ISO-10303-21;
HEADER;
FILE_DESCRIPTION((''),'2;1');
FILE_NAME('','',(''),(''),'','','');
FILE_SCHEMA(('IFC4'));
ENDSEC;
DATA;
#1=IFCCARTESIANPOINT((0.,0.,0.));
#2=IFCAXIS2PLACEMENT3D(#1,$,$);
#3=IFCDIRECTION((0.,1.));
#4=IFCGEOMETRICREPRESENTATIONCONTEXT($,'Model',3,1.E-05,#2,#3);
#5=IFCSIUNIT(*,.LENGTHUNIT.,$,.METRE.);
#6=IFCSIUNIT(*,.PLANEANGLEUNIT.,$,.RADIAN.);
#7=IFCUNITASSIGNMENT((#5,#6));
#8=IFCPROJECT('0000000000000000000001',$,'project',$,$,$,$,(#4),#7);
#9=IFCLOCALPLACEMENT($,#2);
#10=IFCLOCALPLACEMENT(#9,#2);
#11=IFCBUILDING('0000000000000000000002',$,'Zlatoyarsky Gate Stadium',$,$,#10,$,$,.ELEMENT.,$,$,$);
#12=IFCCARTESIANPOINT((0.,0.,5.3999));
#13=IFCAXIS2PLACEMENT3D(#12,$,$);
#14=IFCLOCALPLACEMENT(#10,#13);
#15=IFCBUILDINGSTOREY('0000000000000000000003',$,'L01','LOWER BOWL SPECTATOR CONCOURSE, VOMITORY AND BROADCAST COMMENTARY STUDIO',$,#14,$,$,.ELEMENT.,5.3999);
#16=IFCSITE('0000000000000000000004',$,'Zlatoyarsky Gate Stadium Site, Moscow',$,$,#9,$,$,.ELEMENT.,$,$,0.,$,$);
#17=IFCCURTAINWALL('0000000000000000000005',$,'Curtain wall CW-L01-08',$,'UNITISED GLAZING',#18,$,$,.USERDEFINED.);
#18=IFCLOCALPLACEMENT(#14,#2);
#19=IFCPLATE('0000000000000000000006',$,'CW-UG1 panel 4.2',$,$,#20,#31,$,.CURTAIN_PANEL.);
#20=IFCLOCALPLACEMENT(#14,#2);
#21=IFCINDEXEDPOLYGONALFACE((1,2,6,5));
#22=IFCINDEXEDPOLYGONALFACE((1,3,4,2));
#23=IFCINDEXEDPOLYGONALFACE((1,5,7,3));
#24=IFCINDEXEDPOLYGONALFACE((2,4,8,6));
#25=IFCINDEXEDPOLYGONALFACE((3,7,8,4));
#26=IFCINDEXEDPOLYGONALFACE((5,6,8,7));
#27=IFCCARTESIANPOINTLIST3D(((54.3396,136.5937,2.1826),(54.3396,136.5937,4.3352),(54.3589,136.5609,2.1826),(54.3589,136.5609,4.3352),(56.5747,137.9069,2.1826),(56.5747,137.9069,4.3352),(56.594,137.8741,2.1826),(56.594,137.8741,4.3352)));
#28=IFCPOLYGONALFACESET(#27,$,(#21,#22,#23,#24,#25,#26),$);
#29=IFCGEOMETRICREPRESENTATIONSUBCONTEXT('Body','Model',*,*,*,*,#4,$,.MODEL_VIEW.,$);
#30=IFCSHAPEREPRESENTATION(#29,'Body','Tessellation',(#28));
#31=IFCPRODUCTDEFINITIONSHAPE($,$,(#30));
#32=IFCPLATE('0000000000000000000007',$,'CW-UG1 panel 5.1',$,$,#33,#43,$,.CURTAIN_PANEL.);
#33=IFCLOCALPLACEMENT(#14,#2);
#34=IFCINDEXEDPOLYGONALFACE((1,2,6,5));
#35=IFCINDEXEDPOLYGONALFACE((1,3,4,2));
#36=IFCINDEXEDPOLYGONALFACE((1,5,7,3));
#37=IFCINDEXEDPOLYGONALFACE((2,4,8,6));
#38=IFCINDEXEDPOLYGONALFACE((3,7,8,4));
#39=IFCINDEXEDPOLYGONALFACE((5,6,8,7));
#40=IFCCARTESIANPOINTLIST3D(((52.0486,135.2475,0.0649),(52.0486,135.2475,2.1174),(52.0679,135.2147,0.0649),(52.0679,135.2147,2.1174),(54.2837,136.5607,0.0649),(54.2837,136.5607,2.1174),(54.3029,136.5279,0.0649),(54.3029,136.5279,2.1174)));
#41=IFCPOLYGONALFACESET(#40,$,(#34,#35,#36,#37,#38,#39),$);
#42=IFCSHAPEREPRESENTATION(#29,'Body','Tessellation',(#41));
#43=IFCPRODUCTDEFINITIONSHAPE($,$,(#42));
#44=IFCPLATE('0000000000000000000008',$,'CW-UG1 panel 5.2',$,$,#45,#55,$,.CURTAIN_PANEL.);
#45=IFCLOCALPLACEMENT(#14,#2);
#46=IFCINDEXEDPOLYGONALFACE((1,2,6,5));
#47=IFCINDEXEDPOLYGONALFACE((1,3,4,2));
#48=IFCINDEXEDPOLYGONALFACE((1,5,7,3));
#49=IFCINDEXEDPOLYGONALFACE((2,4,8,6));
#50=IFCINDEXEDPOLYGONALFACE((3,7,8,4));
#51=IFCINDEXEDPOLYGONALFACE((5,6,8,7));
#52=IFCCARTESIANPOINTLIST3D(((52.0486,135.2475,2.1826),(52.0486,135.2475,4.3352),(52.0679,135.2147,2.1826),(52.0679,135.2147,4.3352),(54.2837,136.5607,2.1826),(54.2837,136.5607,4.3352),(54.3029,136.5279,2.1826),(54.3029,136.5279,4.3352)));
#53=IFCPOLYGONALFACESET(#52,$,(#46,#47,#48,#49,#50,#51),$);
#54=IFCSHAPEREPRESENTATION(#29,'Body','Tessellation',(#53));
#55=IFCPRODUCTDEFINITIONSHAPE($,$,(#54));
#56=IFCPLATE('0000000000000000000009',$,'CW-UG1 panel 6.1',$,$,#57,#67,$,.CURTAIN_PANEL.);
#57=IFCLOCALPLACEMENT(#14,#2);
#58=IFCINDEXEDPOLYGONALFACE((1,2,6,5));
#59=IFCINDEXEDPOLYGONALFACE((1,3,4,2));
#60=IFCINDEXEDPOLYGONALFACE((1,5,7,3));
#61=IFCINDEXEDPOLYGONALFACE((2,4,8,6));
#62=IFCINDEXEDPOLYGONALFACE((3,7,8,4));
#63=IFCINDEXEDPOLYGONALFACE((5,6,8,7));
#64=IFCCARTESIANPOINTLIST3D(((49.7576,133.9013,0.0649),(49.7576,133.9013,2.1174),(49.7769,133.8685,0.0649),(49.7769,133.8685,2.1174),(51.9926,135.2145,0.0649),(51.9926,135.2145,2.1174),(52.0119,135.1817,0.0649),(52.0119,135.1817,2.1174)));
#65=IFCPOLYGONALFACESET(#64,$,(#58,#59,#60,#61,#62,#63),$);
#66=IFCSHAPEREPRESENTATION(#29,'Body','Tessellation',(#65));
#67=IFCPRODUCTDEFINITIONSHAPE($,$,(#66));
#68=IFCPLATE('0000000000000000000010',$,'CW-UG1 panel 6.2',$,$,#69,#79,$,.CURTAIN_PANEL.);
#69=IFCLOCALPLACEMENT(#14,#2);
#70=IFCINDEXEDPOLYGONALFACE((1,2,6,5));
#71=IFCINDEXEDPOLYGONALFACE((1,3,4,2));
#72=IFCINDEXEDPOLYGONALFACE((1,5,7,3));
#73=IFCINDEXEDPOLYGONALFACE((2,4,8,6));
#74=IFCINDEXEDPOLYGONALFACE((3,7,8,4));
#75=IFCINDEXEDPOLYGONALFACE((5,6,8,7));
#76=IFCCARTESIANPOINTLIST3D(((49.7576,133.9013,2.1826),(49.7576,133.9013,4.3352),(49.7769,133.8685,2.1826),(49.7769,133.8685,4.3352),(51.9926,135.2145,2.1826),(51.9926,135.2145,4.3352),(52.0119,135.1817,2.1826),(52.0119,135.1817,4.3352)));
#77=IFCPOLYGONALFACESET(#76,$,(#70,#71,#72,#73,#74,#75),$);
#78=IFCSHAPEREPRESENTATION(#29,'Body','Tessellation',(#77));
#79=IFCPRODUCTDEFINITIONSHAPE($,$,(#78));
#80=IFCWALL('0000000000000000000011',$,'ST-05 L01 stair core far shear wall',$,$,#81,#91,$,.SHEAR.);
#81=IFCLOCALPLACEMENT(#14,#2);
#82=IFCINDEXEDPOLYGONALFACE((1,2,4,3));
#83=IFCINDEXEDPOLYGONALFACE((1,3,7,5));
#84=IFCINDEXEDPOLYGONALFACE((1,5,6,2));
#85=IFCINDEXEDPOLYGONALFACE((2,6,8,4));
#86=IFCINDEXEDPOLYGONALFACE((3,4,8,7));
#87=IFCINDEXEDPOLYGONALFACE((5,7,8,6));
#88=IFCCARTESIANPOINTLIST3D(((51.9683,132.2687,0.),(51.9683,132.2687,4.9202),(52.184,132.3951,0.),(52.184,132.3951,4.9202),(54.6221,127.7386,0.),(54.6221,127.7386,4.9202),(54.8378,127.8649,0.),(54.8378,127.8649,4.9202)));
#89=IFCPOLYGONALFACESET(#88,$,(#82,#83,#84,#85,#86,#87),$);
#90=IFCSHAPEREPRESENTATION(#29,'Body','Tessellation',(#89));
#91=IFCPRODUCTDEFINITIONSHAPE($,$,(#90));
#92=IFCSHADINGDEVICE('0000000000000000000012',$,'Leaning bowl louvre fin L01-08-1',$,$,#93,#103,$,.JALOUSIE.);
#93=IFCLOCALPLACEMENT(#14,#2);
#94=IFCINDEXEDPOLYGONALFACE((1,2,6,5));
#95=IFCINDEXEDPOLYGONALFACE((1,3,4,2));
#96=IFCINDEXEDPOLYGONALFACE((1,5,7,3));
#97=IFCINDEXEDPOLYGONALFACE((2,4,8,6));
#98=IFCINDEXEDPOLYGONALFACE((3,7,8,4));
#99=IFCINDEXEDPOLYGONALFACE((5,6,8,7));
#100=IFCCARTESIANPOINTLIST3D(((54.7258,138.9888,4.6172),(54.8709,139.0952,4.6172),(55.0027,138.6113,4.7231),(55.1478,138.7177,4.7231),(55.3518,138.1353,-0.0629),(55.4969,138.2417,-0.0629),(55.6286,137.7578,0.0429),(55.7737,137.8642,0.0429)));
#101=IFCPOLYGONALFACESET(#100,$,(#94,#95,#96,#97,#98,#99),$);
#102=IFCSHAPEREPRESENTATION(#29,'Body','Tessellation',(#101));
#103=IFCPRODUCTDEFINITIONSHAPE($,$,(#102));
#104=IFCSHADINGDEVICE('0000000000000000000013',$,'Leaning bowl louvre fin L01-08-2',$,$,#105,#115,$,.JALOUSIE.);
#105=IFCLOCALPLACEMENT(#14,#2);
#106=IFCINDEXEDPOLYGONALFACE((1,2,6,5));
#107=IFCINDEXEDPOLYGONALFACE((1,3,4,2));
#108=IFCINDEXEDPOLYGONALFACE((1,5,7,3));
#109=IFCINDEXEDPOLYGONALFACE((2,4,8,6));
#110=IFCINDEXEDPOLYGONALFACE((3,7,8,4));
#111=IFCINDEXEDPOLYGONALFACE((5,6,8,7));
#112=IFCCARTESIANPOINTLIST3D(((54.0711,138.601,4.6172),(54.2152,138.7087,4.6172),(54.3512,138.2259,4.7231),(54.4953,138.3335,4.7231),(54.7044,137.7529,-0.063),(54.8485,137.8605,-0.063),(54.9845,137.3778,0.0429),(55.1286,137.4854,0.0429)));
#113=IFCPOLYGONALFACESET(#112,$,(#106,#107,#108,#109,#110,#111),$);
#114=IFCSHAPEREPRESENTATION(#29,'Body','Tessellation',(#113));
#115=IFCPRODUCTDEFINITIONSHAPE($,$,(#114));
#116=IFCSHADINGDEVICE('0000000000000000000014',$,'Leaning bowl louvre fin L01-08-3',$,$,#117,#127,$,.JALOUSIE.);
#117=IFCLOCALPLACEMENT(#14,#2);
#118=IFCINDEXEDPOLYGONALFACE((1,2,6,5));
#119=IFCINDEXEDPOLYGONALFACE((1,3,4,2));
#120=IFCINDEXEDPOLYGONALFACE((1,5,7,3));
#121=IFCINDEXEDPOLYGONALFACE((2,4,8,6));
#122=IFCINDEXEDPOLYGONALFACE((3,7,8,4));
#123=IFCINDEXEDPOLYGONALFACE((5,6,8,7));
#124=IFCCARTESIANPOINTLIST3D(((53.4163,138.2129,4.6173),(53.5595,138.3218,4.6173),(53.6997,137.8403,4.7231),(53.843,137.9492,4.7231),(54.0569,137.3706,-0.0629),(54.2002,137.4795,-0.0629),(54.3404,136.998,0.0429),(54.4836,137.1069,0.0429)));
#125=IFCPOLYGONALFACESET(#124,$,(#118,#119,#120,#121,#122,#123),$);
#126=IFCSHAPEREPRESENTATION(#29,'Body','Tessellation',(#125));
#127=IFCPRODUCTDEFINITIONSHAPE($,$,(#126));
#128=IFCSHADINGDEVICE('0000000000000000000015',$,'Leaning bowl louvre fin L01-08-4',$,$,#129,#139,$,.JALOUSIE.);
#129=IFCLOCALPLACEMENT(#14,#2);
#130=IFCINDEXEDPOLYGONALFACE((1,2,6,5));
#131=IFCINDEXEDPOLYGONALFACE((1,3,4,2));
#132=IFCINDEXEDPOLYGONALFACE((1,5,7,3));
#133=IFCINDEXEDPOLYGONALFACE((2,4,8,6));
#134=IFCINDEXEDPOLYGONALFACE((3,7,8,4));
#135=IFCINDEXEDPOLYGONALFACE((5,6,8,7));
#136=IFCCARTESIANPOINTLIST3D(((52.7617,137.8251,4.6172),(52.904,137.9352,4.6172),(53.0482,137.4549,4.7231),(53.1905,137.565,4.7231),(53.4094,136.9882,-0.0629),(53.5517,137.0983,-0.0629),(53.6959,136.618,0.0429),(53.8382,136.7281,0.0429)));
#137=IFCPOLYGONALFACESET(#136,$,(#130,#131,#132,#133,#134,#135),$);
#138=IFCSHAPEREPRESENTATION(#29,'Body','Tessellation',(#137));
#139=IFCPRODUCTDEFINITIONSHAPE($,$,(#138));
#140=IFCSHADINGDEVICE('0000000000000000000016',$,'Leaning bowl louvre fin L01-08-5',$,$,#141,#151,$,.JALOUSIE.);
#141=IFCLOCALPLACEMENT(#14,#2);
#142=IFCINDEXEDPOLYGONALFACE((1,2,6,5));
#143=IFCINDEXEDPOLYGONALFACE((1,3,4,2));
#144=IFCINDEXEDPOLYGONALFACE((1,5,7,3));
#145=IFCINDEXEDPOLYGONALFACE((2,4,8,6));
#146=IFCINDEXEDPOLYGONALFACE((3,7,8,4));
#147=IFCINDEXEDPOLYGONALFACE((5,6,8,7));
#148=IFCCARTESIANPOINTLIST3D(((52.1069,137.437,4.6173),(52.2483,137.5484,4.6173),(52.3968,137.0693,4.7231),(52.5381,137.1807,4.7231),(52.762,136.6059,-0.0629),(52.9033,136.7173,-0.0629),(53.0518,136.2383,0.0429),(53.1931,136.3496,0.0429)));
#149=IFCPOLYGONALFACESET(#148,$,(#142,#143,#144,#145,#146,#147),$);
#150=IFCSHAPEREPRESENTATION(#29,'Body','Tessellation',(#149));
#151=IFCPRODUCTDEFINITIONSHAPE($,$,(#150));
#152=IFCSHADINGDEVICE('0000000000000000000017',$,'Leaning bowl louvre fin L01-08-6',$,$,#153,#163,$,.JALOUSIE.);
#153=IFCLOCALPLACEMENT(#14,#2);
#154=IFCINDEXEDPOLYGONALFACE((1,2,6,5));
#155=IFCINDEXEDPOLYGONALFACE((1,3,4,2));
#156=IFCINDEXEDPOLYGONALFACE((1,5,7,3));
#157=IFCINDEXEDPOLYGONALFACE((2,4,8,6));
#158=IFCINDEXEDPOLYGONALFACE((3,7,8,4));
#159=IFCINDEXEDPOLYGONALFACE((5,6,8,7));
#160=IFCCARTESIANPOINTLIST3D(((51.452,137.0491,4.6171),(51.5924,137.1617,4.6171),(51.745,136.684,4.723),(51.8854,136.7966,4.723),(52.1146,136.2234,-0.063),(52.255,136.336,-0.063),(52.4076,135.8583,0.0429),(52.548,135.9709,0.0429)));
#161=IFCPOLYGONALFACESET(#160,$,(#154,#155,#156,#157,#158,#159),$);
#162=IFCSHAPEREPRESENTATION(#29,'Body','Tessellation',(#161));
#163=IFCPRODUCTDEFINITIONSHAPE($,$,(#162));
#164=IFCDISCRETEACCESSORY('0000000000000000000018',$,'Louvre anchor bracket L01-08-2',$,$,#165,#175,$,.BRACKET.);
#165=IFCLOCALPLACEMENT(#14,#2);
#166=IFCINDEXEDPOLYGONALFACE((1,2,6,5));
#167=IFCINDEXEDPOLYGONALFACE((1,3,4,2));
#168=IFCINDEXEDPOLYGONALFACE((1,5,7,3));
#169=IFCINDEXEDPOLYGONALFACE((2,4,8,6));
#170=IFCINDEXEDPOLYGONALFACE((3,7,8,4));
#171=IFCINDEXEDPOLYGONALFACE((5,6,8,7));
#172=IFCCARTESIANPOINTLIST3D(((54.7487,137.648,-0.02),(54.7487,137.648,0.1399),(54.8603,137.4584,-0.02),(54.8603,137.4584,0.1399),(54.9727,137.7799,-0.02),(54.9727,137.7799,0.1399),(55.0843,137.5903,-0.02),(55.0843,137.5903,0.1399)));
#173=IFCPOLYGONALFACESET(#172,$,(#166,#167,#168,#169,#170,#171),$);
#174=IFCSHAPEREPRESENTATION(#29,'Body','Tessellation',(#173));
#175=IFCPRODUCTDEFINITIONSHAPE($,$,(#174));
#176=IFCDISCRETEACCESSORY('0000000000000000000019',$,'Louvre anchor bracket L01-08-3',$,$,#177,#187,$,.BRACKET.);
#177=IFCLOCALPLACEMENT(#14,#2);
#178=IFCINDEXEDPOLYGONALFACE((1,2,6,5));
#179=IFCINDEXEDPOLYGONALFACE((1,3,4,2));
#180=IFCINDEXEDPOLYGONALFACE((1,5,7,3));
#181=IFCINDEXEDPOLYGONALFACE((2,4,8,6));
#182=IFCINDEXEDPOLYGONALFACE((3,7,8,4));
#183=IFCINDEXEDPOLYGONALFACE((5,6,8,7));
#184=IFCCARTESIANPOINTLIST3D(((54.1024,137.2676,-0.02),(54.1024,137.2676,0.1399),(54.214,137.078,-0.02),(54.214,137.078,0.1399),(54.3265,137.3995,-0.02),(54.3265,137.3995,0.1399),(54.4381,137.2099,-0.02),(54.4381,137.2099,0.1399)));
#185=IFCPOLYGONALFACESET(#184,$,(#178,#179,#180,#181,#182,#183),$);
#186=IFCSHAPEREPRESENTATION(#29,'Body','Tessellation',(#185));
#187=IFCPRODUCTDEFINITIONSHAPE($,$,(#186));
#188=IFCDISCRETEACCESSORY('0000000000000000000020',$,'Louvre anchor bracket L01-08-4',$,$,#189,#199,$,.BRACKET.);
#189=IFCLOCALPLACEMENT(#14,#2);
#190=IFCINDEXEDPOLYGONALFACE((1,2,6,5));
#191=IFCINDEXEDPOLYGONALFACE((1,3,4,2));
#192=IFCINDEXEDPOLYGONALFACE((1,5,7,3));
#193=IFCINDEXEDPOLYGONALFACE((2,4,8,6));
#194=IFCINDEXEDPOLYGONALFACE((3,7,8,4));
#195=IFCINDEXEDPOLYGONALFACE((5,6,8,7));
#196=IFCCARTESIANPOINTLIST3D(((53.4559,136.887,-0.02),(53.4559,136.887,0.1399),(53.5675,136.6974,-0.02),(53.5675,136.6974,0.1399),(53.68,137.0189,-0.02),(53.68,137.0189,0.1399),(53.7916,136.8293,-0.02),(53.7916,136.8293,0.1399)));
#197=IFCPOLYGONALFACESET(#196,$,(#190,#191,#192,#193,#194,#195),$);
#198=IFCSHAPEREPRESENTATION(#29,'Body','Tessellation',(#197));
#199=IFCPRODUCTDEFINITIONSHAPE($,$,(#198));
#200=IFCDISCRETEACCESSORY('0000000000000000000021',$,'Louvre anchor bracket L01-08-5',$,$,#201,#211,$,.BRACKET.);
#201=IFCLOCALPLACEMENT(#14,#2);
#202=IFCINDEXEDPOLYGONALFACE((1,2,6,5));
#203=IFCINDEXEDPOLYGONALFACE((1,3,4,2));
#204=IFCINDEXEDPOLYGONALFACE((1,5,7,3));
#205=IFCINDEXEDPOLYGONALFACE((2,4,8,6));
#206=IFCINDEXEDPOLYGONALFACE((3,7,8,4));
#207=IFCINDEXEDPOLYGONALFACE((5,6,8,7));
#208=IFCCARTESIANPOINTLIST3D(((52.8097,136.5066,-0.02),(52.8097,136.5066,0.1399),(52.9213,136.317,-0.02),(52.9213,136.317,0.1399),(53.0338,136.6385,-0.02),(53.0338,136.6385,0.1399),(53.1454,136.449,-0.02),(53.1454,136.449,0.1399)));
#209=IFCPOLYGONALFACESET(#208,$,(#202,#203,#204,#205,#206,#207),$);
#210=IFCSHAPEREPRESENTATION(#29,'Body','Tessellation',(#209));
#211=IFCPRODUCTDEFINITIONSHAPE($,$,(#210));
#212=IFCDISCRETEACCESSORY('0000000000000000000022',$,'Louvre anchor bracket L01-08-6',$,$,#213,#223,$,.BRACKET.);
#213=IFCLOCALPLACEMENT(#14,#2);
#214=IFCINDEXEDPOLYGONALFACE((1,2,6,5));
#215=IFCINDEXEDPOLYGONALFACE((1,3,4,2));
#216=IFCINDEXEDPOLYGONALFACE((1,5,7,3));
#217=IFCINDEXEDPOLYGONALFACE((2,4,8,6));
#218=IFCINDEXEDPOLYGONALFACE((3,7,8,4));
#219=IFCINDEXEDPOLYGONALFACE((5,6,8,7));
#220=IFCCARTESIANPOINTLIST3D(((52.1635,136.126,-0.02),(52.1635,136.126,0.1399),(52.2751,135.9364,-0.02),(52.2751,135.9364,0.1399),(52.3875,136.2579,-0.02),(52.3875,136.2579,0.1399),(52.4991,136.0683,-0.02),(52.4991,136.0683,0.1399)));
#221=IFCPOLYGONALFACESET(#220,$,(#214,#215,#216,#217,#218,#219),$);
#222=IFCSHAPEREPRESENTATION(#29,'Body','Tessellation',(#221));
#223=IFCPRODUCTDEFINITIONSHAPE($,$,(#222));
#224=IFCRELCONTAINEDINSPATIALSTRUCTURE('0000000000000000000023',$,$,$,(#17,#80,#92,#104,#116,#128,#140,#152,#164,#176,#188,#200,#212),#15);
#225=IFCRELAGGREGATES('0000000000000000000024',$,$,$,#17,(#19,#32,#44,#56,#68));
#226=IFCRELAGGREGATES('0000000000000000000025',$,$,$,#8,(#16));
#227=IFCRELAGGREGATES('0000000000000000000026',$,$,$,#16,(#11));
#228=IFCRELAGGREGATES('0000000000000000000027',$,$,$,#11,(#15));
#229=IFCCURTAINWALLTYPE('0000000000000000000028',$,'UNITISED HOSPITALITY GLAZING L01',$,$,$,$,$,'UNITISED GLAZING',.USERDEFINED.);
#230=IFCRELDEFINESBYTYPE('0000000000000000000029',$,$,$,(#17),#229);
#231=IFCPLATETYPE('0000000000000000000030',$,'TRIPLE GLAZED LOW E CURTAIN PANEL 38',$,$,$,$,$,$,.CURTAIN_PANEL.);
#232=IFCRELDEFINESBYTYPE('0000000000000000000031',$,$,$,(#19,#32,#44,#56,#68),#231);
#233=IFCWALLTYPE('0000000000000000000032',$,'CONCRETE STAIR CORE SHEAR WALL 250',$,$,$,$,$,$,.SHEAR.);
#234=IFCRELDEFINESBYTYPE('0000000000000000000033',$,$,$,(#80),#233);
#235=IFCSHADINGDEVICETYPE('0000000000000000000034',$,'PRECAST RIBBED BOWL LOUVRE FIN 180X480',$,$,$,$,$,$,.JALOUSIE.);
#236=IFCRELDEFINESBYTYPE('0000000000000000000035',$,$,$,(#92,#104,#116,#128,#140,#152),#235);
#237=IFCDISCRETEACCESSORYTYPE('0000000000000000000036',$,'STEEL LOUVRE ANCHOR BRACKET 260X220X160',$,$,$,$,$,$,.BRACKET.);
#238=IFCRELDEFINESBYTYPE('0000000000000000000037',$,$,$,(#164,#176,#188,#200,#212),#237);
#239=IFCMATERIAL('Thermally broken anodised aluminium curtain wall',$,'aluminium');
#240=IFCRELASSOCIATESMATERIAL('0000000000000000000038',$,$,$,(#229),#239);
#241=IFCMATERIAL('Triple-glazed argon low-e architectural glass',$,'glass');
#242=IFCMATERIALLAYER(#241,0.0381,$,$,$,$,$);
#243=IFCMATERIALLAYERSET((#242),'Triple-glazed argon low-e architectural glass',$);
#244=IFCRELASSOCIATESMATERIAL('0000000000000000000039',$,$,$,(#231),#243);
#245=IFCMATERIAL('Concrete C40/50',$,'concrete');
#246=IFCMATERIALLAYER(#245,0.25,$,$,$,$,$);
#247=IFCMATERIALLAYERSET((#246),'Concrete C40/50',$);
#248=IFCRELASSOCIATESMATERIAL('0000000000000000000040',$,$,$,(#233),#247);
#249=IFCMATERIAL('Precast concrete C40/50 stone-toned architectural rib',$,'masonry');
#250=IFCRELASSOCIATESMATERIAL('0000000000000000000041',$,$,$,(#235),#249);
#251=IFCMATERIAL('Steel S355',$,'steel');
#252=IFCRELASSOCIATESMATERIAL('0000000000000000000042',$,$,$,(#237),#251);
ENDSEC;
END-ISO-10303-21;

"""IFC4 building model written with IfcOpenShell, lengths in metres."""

from ifc_helpers import new_model, si_unit, direction, frame, frame_2d, origin, origin_2d, place, context, subcontext, project, spatial, rectangle, extrude, material, layer, layer_set, material_profile, profile_set, type_object, element, aggregate, save


model = new_model("IFC4")

# Units and contexts
model_context = context("Model", 3, precision=1e-05, world=origin(), true_north=direction((0.0, 1.0)))
body_context = subcontext(model_context, "Body", "Model", "MODEL_VIEW")
ifc_project = project(units=[si_unit("LENGTHUNIT", "METRE"), si_unit("PLANEANGLEUNIT", "RADIAN")], contexts=[model_context])

# Site, building, storey
site_placement = place(None, origin())
site = spatial("IfcSite", under=ifc_project, at=site_placement, Name="Zlatoyarsky Gate Stadium Site, Moscow", CompositionType="ELEMENT", RefElevation=0.0)
building_placement = place(site_placement, origin())
building = spatial("IfcBuilding", under=site, at=building_placement, Name="Zlatoyarsky Gate Stadium", CompositionType="ELEMENT")
storey_placement = place(building_placement, frame((0.0, 0.0, 5.3999)))
storey = spatial("IfcBuildingStorey", under=building, at=storey_placement, Name="L01", Description="LOWER BOWL SPECTATOR CONCOURSE, VOMITORY AND BROADCAST COMMENTARY STUDIO", CompositionType="ELEMENT", Elevation=5.3999)

# Curtain wall
ifc_material_1 = material(Name="Thermally broken anodised aluminium curtain wall", Category="aluminium")
curtain_wall_type = type_object("IfcCurtainWallType", Name="UNITISED HOSPITALITY GLAZING L01", ElementType="UNITISED GLAZING", PredefinedType="USERDEFINED", material=ifc_material_1)
curtain_wall_placement = place(storey_placement, origin())
curtain_wall = element("IfcCurtainWall", 1, at=curtain_wall_placement, inside=storey, type_object=curtain_wall_type, Name="Curtain wall CW-L01-08", ObjectType="UNITISED GLAZING", PredefinedType="USERDEFINED")

# Shared definitions
ifc_material_2 = material(Name="Steel S355", Category="steel")

# Plates
ifc_material_3 = material(Name="Triple-glazed argon low-e architectural glass", Category="glass")
ifc_layer_1 = layer(ifc_material_3, 0.0381)
ifc_layer_set_1 = layer_set([ifc_layer_1], Name="Triple-glazed argon low-e architectural glass")
plate_type_1 = type_object("IfcPlateType", Name="TRIPLE GLAZED LOW E CURTAIN PANEL 38", PredefinedType="CURTAIN_PANEL", material=ifc_layer_set_1)
plate_1_placement = place(storey_placement, frame((55.4668, 137.2339, 2.1826), z_axis=(0.0, 0.0, 1.0), x_axis=(-0.862188, -0.506588, 0.0)))
plate_1 = element("IfcPlate", 2, at=plate_1_placement, type_object=plate_type_1, Name="CW-UG1 panel 4.2", PredefinedType="CURTAIN_PANEL", context=body_context, shape_type="SweptSolid", body=[
    extrude(rectangle(XDim=2.5923, YDim=0.0381, at=origin_2d()), origin(), (0.0, 0.0, 1.0), 2.1526),
])
plate_2_placement = place(storey_placement, frame((53.1758, 135.8877, 0.0649), z_axis=(0.0, 0.0, 1.0), x_axis=(-0.862188, -0.506588, 0.0)))
plate_2 = element("IfcPlate", 3, at=plate_2_placement, type_object=plate_type_1, Name="CW-UG1 panel 5.1", PredefinedType="CURTAIN_PANEL", context=body_context, shape_type="SweptSolid", body=[
    extrude(rectangle(XDim=2.5923, YDim=0.0381, at=origin_2d()), origin(), (0.0, 0.0, 1.0), 2.0525),
])
plate_3_placement = place(storey_placement, frame((53.1758, 135.8877, 2.1826), z_axis=(0.0, 0.0, 1.0), x_axis=(-0.862188, -0.506588, 0.0)))
plate_3 = element("IfcPlate", 4, at=plate_3_placement, type_object=plate_type_1, Name="CW-UG1 panel 5.2", PredefinedType="CURTAIN_PANEL", context=body_context, shape_type="SweptSolid", body=[
    extrude(rectangle(XDim=2.5923, YDim=0.0381, at=origin_2d()), origin(), (0.0, 0.0, 1.0), 2.1526),
])
plate_4_placement = place(storey_placement, frame((50.8848, 134.5415, 0.0649), z_axis=(0.0, 0.0, 1.0), x_axis=(-0.862188, -0.506588, 0.0)))
plate_4 = element("IfcPlate", 5, at=plate_4_placement, type_object=plate_type_1, Name="CW-UG1 panel 6.1", PredefinedType="CURTAIN_PANEL", context=body_context, shape_type="SweptSolid", body=[
    extrude(rectangle(XDim=2.5923, YDim=0.0381, at=origin_2d()), origin(), (0.0, 0.0, 1.0), 2.0525),
])
plate_5_placement = place(storey_placement, frame((50.8848, 134.5415, 2.1826), z_axis=(0.0, 0.0, 1.0), x_axis=(-0.862188, -0.506588, 0.0)))
plate_5 = element("IfcPlate", 6, at=plate_5_placement, type_object=plate_type_1, Name="CW-UG1 panel 6.2", PredefinedType="CURTAIN_PANEL", context=body_context, shape_type="SweptSolid", body=[
    extrude(rectangle(XDim=2.5923, YDim=0.0381, at=origin_2d()), origin(), (0.0, 0.0, 1.0), 2.1526),
])
aggregate(curtain_wall, [plate_1, plate_2, plate_3, plate_4, plate_5])

# Wall
ifc_material_4 = material(Name="Concrete C40/50", Category="concrete")
ifc_layer_2 = layer(ifc_material_4, 0.25)
ifc_layer_set_2 = layer_set([ifc_layer_2], Name="Concrete C40/50")
wall_type = type_object("IfcWallType", Name="CONCRETE STAIR CORE SHEAR WALL 250", PredefinedType="SHEAR", material=ifc_layer_set_2)
wall_placement = place(storey_placement, frame((52.0762, 132.3318, 0.0), z_axis=(0.0, 0.0, 1.0), x_axis=(0.505475, -0.862841, 0.0)))
element("IfcWall", 7, at=wall_placement, inside=storey, type_object=wall_type, Name="ST-05 L01 stair core far shear wall", PredefinedType="SHEAR", context=body_context, shape_type="SweptSolid", body=[
    extrude(rectangle(XDim=5.2502, YDim=0.25, at=frame_2d((2.625, 0.0))), origin(), (0.0, 0.0, 1.0), 4.9202),
])

# Shading devices
ifc_material_5 = material(Name="Precast concrete C40/50 stone-toned architectural rib", Category="masonry")
ifc_material_profile_1 = material_profile(ifc_material_5, rectangle(XDim=0.1799, YDim=0.48, at=origin_2d()), Name="RIB 180X480")
ifc_profile_set_1 = profile_set([ifc_material_profile_1], Name="Precast concrete C40/50 stone-toned architectural rib")
shading_device_type = type_object("IfcShadingDeviceType", Name="PRECAST RIBBED BOWL LOUVRE FIN 180X480", PredefinedType="JALOUSIE", material=ifc_profile_set_1)
for number, where, z_axis, x_axis, name in (
    (8, (55.5627, 137.9998, -0.01), (-0.130456, 0.177876, 0.975367), (-0.806376, -0.591404, 0.0), "Leaning bowl louvre fin L01-08-1"),
    (9, (54.9165, 137.6191, -0.01), (-0.131982, 0.176756, 0.975366), (-0.801271, -0.598301, 0.0), "Leaning bowl louvre fin L01-08-2"),
    (10, (54.2703, 137.2388, -0.01), (-0.13351, 0.175537, 0.975378), (-0.79594, -0.605376, 0.0), "Leaning bowl louvre fin L01-08-3"),
    (11, (53.6238, 136.8582, -0.01), (-0.134985, 0.174418, 0.975376), (-0.790828, -0.612038, 0.0), "Leaning bowl louvre fin L01-08-4"),
    (12, (52.9775, 136.4778, -0.01), (-0.136513, 0.173197, 0.97538), (-0.785373, -0.619023, 0.0), "Leaning bowl louvre fin L01-08-5"),
    (13, (52.3313, 136.0972, -0.01), (-0.138087, 0.172074, 0.975358), (-0.779923, -0.625876, 0.0), "Leaning bowl louvre fin L01-08-6"),
):
    element("IfcShadingDevice", number, at=place(storey_placement, frame(where, z_axis=z_axis, x_axis=x_axis)), inside=storey, type_object=shading_device_type, Name=name, PredefinedType="JALOUSIE", context=body_context, shape_type="SweptSolid", body=[
        extrude(rectangle(XDim=0.1799, YDim=0.48, at=origin_2d()), origin(), (0.0, 0.0, 1.0), 4.7983),
    ])

# Discrete accessories
discrete_accessory_type = type_object("IfcDiscreteAccessoryType", Name="STEEL LOUVRE ANCHOR BRACKET 260X220X160", PredefinedType="BRACKET", material=ifc_material_2)
for number, where, z_axis, x_axis, name in (
    (14, (54.9165, 137.6191, -0.02), (0.0, 0.0, 1.0), (-0.861743, -0.507345, 0.0), "Louvre anchor bracket L01-08-2"),
    (15, (54.2703, 137.2388, -0.02), (0.0, 0.0, 1.0), (-0.861743, -0.507345, 0.0), "Louvre anchor bracket L01-08-3"),
    (16, (53.6238, 136.8582, -0.02), (0.0, 0.0, 1.0), (-0.861743, -0.507345, 0.0), "Louvre anchor bracket L01-08-4"),
    (17, (52.9775, 136.4778, -0.02), (0.0, 0.0, 1.0), (-0.861743, -0.507345, 0.0), "Louvre anchor bracket L01-08-5"),
    (18, (52.3313, 136.0972, -0.02), (0.0, 0.0, 1.0), (-0.861743, -0.507345, 0.0), "Louvre anchor bracket L01-08-6"),
):
    element("IfcDiscreteAccessory", number, at=place(storey_placement, frame(where, z_axis=z_axis, x_axis=x_axis)), inside=storey, type_object=discrete_accessory_type, Name=name, PredefinedType="BRACKET", context=body_context, shape_type="SweptSolid", body=[
        extrude(rectangle(XDim=0.26, YDim=0.22, at=origin_2d()), origin(), (0.0, 0.0, 1.0), 0.1599),
    ])

save(model, "model.ifc")
